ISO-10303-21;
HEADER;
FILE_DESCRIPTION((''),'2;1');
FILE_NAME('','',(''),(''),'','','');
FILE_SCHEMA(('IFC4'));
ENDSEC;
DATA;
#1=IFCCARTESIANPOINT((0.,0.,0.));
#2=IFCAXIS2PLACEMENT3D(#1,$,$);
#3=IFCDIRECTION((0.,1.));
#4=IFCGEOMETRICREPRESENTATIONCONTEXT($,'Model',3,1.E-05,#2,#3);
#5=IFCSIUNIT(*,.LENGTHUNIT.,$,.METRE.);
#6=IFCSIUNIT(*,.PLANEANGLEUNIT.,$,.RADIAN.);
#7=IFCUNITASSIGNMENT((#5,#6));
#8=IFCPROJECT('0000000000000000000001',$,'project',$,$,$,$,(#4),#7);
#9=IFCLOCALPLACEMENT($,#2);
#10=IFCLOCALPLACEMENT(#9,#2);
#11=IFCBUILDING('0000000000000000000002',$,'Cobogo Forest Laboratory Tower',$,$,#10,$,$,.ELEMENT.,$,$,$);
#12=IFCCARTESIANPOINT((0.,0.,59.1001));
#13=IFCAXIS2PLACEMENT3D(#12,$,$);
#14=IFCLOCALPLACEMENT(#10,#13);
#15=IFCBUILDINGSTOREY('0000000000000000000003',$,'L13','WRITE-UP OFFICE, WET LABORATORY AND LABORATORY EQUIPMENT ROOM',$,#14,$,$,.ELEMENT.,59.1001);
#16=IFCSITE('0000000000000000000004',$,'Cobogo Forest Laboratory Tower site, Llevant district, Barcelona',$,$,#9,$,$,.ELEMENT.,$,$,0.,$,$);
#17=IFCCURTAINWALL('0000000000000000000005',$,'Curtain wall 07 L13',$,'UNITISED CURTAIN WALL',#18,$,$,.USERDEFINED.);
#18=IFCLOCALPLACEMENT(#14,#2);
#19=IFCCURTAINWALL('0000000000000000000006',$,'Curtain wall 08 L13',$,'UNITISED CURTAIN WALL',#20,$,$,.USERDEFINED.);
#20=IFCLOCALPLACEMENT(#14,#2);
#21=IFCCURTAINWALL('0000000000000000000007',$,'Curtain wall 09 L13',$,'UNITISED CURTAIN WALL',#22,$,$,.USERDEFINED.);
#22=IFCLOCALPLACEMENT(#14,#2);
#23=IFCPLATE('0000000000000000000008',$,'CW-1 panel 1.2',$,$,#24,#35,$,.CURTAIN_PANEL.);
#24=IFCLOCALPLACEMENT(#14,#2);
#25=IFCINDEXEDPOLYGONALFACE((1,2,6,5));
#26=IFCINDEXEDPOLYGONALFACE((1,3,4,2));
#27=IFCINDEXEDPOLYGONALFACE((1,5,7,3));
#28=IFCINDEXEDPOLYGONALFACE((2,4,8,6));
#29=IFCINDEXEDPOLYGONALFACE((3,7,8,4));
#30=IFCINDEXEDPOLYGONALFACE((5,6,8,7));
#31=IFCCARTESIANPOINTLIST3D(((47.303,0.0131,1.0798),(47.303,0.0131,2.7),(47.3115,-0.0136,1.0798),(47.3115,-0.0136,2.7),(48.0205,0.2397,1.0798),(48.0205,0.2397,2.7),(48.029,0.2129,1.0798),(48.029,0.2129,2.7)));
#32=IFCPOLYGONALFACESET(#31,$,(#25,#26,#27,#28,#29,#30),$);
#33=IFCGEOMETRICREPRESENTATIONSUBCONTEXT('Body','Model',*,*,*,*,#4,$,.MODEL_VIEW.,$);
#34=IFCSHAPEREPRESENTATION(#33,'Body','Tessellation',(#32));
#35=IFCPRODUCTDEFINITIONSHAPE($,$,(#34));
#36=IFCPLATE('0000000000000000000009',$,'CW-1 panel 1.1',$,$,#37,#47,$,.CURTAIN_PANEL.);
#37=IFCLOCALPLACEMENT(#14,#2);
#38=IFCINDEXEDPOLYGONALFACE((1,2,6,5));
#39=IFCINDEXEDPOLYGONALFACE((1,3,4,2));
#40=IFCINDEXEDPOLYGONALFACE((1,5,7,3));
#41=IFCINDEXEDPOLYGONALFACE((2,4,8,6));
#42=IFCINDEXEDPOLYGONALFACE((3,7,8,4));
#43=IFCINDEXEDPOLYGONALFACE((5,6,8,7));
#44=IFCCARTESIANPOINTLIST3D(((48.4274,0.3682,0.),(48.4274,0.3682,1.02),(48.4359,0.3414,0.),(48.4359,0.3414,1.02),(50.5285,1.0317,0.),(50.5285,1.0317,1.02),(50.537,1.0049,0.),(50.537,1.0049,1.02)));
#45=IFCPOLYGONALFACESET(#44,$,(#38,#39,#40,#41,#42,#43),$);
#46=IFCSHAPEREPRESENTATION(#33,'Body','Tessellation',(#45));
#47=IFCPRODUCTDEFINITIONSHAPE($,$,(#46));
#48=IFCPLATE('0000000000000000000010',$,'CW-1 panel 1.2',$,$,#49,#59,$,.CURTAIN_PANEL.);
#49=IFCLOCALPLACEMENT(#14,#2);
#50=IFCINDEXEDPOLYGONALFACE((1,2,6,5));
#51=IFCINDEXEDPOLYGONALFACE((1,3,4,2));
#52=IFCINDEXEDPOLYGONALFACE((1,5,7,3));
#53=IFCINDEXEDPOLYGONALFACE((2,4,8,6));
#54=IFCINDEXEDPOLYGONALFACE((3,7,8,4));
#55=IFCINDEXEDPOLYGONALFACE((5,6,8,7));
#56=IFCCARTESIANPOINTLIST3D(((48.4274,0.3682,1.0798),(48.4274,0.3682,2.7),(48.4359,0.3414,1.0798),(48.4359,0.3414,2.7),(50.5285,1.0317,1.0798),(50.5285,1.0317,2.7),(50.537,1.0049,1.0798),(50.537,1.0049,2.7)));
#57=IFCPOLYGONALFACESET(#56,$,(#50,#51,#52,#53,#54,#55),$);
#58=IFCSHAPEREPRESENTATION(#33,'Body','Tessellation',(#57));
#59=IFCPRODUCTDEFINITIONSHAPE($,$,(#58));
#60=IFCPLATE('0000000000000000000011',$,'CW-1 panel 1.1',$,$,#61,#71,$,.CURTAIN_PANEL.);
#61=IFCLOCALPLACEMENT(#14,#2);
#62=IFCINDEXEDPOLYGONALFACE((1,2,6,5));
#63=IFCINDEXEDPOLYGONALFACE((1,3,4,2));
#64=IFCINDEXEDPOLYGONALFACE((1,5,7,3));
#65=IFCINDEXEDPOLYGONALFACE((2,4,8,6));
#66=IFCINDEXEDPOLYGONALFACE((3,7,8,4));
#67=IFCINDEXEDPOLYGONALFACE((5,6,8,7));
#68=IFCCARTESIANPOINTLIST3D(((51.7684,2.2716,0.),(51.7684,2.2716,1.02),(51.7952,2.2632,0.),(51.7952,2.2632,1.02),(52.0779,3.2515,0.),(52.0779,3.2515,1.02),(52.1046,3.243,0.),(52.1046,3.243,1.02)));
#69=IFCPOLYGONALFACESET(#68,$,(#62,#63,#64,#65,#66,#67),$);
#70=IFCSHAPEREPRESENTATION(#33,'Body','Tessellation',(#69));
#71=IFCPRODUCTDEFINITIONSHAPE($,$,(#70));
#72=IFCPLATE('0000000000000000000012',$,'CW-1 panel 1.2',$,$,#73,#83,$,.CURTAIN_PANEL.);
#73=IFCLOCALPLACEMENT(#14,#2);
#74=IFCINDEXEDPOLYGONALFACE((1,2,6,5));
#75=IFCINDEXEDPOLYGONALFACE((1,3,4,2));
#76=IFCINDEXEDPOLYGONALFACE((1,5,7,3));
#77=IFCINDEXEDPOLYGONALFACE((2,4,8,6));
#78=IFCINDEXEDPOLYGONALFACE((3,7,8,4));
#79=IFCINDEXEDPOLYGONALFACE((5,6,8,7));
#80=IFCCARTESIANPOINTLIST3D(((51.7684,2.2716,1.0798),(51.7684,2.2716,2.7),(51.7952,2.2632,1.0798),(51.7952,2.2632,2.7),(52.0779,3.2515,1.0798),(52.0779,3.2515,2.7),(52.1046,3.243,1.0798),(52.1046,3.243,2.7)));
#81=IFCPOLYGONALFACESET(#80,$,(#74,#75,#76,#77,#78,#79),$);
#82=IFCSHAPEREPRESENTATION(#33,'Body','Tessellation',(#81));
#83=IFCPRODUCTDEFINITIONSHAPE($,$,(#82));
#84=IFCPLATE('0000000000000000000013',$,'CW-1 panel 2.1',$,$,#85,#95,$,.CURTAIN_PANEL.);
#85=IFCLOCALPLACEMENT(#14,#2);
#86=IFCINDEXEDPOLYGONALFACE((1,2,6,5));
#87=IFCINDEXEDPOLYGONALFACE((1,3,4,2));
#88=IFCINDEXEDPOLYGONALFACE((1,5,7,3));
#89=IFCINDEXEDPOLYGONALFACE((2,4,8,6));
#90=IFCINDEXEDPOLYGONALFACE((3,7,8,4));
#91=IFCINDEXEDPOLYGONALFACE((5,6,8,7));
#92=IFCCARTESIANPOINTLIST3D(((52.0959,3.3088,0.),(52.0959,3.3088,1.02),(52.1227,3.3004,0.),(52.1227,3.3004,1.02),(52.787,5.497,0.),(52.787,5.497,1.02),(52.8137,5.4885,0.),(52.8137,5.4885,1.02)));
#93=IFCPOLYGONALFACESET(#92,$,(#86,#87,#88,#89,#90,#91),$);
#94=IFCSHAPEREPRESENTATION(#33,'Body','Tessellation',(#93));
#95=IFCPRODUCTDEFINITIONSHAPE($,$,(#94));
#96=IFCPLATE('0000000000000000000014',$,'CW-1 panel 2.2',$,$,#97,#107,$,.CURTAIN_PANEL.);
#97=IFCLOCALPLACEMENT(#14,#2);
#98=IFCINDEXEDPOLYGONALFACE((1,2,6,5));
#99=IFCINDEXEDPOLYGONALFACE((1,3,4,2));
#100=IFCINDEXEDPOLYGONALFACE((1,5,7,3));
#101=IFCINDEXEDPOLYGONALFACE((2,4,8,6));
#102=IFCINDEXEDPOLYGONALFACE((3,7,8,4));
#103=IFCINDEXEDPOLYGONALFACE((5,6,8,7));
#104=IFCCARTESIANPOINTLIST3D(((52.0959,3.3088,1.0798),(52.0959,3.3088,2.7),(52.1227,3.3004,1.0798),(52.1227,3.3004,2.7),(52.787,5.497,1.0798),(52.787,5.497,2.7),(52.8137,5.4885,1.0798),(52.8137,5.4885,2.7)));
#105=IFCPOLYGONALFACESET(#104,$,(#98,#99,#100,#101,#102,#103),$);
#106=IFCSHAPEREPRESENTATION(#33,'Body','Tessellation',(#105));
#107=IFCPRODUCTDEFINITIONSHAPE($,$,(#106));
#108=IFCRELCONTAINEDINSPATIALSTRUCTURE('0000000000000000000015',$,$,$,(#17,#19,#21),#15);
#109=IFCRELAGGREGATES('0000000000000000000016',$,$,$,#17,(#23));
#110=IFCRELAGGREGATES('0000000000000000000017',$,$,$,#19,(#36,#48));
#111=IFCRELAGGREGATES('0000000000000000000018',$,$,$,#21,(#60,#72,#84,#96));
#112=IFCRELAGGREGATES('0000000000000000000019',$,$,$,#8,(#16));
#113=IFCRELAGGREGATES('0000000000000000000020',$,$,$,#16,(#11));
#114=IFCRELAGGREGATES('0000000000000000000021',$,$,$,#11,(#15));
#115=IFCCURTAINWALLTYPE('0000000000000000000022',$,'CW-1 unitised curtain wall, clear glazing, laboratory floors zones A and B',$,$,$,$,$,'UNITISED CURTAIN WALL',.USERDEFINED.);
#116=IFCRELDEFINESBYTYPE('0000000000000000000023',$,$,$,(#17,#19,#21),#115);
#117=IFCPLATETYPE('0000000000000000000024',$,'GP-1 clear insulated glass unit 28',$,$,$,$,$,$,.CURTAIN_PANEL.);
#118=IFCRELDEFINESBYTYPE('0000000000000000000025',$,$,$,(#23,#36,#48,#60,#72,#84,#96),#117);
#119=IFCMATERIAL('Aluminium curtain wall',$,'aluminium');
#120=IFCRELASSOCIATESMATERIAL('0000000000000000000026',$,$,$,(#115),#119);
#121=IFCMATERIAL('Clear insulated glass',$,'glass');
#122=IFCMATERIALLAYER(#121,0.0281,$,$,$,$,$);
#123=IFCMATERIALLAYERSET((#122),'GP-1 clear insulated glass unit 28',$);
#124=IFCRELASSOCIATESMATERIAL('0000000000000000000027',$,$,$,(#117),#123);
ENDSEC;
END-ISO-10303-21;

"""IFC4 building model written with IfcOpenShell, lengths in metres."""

from ifc_helpers import new_model, si_unit, direction, frame, origin, origin_2d, place, context, subcontext, project, spatial, rectangle, extrude, material, layer, layer_set, type_object, element, aggregate, save


model = new_model("IFC4")

# Units and contexts
model_context = context("Model", 3, precision=1e-05, world=origin(), true_north=direction((0.0, 1.0)))
body_context = subcontext(model_context, "Body", "Model", "MODEL_VIEW")
ifc_project = project(units=[si_unit("LENGTHUNIT", "METRE"), si_unit("PLANEANGLEUNIT", "RADIAN")], contexts=[model_context])

# Site, building, storey
site_placement = place(None, origin())
site = spatial("IfcSite", under=ifc_project, at=site_placement, Name="Cobogo Forest Laboratory Tower site, Llevant district, Barcelona", CompositionType="ELEMENT", RefElevation=0.0)
building_placement = place(site_placement, origin())
building = spatial("IfcBuilding", under=site, at=building_placement, Name="Cobogo Forest Laboratory Tower", CompositionType="ELEMENT")
storey_placement = place(building_placement, frame((0.0, 0.0, 59.1001)))
storey = spatial("IfcBuildingStorey", under=building, at=storey_placement, Name="L13", Description="WRITE-UP OFFICE, WET LABORATORY AND LABORATORY EQUIPMENT ROOM", CompositionType="ELEMENT", Elevation=59.1001)

# Curtain walls
ifc_material_1 = material(Name="Aluminium curtain wall", Category="aluminium")
curtain_wall_type = type_object("IfcCurtainWallType", Name="CW-1 unitised curtain wall, clear glazing, laboratory floors zones A and B", ElementType="UNITISED CURTAIN WALL", PredefinedType="USERDEFINED", material=ifc_material_1)
curtain_wall_1_placement = place(storey_placement, origin())
curtain_wall_1 = element("IfcCurtainWall", 1, at=curtain_wall_1_placement, inside=storey, type_object=curtain_wall_type, Name="Curtain wall 07 L13", ObjectType="UNITISED CURTAIN WALL", PredefinedType="USERDEFINED")
curtain_wall_2_placement = place(storey_placement, origin())
curtain_wall_2 = element("IfcCurtainWall", 2, at=curtain_wall_2_placement, inside=storey, type_object=curtain_wall_type, Name="Curtain wall 08 L13", ObjectType="UNITISED CURTAIN WALL", PredefinedType="USERDEFINED")
curtain_wall_3_placement = place(storey_placement, origin())
curtain_wall_3 = element("IfcCurtainWall", 3, at=curtain_wall_3_placement, inside=storey, type_object=curtain_wall_type, Name="Curtain wall 09 L13", ObjectType="UNITISED CURTAIN WALL", PredefinedType="USERDEFINED")

# Plates
ifc_material_2 = material(Name="Clear insulated glass", Category="glass")
ifc_layer = layer(ifc_material_2, 0.0281)
ifc_layer_set = layer_set([ifc_layer], Name="GP-1 clear insulated glass unit 28")
plate_type = type_object("IfcPlateType", Name="GP-1 clear insulated glass unit 28", PredefinedType="CURTAIN_PANEL", material=ifc_layer_set)
plate_1_placement = place(storey_placement, frame((47.666, 0.113, 1.0798), z_axis=(0.0, 0.0, 1.0), x_axis=(0.953582, 0.301135, 0.0)))
plate_1 = element("IfcPlate", 4, at=plate_1_placement, type_object=plate_type, Name="CW-1 panel 1.2", PredefinedType="CURTAIN_PANEL", context=body_context, shape_type="SweptSolid", body=[
    extrude(rectangle(XDim=0.7524, YDim=0.0281, at=origin_2d()), origin(), (0.0, 0.0, 1.0), 1.6201),
])
aggregate(curtain_wall_1, [plate_1])
plate_2_placement = place(storey_placement, frame((49.4822, 0.6865, 0.0), z_axis=(0.0, 0.0, 1.0), x_axis=(0.953581, 0.301135, 0.0)))
plate_2 = element("IfcPlate", 5, at=plate_2_placement, type_object=plate_type, Name="CW-1 panel 1.1", PredefinedType="CURTAIN_PANEL", context=body_context, shape_type="SweptSolid", body=[
    extrude(rectangle(XDim=2.2034, YDim=0.0281, at=origin_2d()), origin(), (0.0, 0.0, 1.0), 1.02),
])
plate_3_placement = place(storey_placement, frame((49.4822, 0.6865, 1.0798), z_axis=(0.0, 0.0, 1.0), x_axis=(0.953581, 0.301135, 0.0)))
plate_3 = element("IfcPlate", 6, at=plate_3_placement, type_object=plate_type, Name="CW-1 panel 1.2", PredefinedType="CURTAIN_PANEL", context=body_context, shape_type="SweptSolid", body=[
    extrude(rectangle(XDim=2.2034, YDim=0.0281, at=origin_2d()), origin(), (0.0, 0.0, 1.0), 1.6201),
])
aggregate(curtain_wall_2, [plate_2, plate_3])
plate_4_placement = place(storey_placement, frame((51.9365, 2.7573, 0.0), z_axis=(0.0, 0.0, 1.0), x_axis=(0.301135, 0.953581, 0.0)))
plate_4 = element("IfcPlate", 7, at=plate_4_placement, type_object=plate_type, Name="CW-1 panel 1.1", PredefinedType="CURTAIN_PANEL", context=body_context, shape_type="SweptSolid", body=[
    extrude(rectangle(XDim=1.0276, YDim=0.0281, at=origin_2d()), origin(), (0.0, 0.0, 1.0), 1.02),
])
plate_5_placement = place(storey_placement, frame((51.9365, 2.7573, 1.0798), z_axis=(0.0, 0.0, 1.0), x_axis=(0.301135, 0.953581, 0.0)))
plate_5 = element("IfcPlate", 8, at=plate_5_placement, type_object=plate_type, Name="CW-1 panel 1.2", PredefinedType="CURTAIN_PANEL", context=body_context, shape_type="SweptSolid", body=[
    extrude(rectangle(XDim=1.0276, YDim=0.0281, at=origin_2d()), origin(), (0.0, 0.0, 1.0), 1.6201),
])
plate_6_placement = place(storey_placement, frame((52.4548, 4.3987, 0.0), z_axis=(0.0, 0.0, 1.0), x_axis=(0.301135, 0.953581, 0.0)))
plate_6 = element("IfcPlate", 9, at=plate_6_placement, type_object=plate_type, Name="CW-1 panel 2.1", PredefinedType="CURTAIN_PANEL", context=body_context, shape_type="SweptSolid", body=[
    extrude(rectangle(XDim=2.2947, YDim=0.0281, at=origin_2d()), origin(), (0.0, 0.0, 1.0), 1.02),
])
plate_7_placement = place(storey_placement, frame((52.4548, 4.3987, 1.0798), z_axis=(0.0, 0.0, 1.0), x_axis=(0.301135, 0.953581, 0.0)))
plate_7 = element("IfcPlate", 10, at=plate_7_placement, type_object=plate_type, Name="CW-1 panel 2.2", PredefinedType="CURTAIN_PANEL", context=body_context, shape_type="SweptSolid", body=[
    extrude(rectangle(XDim=2.2947, YDim=0.0281, at=origin_2d()), origin(), (0.0, 0.0, 1.0), 1.6201),
])
aggregate(curtain_wall_3, [plate_4, plate_5, plate_6, plate_7])

save(model, "model.ifc")
